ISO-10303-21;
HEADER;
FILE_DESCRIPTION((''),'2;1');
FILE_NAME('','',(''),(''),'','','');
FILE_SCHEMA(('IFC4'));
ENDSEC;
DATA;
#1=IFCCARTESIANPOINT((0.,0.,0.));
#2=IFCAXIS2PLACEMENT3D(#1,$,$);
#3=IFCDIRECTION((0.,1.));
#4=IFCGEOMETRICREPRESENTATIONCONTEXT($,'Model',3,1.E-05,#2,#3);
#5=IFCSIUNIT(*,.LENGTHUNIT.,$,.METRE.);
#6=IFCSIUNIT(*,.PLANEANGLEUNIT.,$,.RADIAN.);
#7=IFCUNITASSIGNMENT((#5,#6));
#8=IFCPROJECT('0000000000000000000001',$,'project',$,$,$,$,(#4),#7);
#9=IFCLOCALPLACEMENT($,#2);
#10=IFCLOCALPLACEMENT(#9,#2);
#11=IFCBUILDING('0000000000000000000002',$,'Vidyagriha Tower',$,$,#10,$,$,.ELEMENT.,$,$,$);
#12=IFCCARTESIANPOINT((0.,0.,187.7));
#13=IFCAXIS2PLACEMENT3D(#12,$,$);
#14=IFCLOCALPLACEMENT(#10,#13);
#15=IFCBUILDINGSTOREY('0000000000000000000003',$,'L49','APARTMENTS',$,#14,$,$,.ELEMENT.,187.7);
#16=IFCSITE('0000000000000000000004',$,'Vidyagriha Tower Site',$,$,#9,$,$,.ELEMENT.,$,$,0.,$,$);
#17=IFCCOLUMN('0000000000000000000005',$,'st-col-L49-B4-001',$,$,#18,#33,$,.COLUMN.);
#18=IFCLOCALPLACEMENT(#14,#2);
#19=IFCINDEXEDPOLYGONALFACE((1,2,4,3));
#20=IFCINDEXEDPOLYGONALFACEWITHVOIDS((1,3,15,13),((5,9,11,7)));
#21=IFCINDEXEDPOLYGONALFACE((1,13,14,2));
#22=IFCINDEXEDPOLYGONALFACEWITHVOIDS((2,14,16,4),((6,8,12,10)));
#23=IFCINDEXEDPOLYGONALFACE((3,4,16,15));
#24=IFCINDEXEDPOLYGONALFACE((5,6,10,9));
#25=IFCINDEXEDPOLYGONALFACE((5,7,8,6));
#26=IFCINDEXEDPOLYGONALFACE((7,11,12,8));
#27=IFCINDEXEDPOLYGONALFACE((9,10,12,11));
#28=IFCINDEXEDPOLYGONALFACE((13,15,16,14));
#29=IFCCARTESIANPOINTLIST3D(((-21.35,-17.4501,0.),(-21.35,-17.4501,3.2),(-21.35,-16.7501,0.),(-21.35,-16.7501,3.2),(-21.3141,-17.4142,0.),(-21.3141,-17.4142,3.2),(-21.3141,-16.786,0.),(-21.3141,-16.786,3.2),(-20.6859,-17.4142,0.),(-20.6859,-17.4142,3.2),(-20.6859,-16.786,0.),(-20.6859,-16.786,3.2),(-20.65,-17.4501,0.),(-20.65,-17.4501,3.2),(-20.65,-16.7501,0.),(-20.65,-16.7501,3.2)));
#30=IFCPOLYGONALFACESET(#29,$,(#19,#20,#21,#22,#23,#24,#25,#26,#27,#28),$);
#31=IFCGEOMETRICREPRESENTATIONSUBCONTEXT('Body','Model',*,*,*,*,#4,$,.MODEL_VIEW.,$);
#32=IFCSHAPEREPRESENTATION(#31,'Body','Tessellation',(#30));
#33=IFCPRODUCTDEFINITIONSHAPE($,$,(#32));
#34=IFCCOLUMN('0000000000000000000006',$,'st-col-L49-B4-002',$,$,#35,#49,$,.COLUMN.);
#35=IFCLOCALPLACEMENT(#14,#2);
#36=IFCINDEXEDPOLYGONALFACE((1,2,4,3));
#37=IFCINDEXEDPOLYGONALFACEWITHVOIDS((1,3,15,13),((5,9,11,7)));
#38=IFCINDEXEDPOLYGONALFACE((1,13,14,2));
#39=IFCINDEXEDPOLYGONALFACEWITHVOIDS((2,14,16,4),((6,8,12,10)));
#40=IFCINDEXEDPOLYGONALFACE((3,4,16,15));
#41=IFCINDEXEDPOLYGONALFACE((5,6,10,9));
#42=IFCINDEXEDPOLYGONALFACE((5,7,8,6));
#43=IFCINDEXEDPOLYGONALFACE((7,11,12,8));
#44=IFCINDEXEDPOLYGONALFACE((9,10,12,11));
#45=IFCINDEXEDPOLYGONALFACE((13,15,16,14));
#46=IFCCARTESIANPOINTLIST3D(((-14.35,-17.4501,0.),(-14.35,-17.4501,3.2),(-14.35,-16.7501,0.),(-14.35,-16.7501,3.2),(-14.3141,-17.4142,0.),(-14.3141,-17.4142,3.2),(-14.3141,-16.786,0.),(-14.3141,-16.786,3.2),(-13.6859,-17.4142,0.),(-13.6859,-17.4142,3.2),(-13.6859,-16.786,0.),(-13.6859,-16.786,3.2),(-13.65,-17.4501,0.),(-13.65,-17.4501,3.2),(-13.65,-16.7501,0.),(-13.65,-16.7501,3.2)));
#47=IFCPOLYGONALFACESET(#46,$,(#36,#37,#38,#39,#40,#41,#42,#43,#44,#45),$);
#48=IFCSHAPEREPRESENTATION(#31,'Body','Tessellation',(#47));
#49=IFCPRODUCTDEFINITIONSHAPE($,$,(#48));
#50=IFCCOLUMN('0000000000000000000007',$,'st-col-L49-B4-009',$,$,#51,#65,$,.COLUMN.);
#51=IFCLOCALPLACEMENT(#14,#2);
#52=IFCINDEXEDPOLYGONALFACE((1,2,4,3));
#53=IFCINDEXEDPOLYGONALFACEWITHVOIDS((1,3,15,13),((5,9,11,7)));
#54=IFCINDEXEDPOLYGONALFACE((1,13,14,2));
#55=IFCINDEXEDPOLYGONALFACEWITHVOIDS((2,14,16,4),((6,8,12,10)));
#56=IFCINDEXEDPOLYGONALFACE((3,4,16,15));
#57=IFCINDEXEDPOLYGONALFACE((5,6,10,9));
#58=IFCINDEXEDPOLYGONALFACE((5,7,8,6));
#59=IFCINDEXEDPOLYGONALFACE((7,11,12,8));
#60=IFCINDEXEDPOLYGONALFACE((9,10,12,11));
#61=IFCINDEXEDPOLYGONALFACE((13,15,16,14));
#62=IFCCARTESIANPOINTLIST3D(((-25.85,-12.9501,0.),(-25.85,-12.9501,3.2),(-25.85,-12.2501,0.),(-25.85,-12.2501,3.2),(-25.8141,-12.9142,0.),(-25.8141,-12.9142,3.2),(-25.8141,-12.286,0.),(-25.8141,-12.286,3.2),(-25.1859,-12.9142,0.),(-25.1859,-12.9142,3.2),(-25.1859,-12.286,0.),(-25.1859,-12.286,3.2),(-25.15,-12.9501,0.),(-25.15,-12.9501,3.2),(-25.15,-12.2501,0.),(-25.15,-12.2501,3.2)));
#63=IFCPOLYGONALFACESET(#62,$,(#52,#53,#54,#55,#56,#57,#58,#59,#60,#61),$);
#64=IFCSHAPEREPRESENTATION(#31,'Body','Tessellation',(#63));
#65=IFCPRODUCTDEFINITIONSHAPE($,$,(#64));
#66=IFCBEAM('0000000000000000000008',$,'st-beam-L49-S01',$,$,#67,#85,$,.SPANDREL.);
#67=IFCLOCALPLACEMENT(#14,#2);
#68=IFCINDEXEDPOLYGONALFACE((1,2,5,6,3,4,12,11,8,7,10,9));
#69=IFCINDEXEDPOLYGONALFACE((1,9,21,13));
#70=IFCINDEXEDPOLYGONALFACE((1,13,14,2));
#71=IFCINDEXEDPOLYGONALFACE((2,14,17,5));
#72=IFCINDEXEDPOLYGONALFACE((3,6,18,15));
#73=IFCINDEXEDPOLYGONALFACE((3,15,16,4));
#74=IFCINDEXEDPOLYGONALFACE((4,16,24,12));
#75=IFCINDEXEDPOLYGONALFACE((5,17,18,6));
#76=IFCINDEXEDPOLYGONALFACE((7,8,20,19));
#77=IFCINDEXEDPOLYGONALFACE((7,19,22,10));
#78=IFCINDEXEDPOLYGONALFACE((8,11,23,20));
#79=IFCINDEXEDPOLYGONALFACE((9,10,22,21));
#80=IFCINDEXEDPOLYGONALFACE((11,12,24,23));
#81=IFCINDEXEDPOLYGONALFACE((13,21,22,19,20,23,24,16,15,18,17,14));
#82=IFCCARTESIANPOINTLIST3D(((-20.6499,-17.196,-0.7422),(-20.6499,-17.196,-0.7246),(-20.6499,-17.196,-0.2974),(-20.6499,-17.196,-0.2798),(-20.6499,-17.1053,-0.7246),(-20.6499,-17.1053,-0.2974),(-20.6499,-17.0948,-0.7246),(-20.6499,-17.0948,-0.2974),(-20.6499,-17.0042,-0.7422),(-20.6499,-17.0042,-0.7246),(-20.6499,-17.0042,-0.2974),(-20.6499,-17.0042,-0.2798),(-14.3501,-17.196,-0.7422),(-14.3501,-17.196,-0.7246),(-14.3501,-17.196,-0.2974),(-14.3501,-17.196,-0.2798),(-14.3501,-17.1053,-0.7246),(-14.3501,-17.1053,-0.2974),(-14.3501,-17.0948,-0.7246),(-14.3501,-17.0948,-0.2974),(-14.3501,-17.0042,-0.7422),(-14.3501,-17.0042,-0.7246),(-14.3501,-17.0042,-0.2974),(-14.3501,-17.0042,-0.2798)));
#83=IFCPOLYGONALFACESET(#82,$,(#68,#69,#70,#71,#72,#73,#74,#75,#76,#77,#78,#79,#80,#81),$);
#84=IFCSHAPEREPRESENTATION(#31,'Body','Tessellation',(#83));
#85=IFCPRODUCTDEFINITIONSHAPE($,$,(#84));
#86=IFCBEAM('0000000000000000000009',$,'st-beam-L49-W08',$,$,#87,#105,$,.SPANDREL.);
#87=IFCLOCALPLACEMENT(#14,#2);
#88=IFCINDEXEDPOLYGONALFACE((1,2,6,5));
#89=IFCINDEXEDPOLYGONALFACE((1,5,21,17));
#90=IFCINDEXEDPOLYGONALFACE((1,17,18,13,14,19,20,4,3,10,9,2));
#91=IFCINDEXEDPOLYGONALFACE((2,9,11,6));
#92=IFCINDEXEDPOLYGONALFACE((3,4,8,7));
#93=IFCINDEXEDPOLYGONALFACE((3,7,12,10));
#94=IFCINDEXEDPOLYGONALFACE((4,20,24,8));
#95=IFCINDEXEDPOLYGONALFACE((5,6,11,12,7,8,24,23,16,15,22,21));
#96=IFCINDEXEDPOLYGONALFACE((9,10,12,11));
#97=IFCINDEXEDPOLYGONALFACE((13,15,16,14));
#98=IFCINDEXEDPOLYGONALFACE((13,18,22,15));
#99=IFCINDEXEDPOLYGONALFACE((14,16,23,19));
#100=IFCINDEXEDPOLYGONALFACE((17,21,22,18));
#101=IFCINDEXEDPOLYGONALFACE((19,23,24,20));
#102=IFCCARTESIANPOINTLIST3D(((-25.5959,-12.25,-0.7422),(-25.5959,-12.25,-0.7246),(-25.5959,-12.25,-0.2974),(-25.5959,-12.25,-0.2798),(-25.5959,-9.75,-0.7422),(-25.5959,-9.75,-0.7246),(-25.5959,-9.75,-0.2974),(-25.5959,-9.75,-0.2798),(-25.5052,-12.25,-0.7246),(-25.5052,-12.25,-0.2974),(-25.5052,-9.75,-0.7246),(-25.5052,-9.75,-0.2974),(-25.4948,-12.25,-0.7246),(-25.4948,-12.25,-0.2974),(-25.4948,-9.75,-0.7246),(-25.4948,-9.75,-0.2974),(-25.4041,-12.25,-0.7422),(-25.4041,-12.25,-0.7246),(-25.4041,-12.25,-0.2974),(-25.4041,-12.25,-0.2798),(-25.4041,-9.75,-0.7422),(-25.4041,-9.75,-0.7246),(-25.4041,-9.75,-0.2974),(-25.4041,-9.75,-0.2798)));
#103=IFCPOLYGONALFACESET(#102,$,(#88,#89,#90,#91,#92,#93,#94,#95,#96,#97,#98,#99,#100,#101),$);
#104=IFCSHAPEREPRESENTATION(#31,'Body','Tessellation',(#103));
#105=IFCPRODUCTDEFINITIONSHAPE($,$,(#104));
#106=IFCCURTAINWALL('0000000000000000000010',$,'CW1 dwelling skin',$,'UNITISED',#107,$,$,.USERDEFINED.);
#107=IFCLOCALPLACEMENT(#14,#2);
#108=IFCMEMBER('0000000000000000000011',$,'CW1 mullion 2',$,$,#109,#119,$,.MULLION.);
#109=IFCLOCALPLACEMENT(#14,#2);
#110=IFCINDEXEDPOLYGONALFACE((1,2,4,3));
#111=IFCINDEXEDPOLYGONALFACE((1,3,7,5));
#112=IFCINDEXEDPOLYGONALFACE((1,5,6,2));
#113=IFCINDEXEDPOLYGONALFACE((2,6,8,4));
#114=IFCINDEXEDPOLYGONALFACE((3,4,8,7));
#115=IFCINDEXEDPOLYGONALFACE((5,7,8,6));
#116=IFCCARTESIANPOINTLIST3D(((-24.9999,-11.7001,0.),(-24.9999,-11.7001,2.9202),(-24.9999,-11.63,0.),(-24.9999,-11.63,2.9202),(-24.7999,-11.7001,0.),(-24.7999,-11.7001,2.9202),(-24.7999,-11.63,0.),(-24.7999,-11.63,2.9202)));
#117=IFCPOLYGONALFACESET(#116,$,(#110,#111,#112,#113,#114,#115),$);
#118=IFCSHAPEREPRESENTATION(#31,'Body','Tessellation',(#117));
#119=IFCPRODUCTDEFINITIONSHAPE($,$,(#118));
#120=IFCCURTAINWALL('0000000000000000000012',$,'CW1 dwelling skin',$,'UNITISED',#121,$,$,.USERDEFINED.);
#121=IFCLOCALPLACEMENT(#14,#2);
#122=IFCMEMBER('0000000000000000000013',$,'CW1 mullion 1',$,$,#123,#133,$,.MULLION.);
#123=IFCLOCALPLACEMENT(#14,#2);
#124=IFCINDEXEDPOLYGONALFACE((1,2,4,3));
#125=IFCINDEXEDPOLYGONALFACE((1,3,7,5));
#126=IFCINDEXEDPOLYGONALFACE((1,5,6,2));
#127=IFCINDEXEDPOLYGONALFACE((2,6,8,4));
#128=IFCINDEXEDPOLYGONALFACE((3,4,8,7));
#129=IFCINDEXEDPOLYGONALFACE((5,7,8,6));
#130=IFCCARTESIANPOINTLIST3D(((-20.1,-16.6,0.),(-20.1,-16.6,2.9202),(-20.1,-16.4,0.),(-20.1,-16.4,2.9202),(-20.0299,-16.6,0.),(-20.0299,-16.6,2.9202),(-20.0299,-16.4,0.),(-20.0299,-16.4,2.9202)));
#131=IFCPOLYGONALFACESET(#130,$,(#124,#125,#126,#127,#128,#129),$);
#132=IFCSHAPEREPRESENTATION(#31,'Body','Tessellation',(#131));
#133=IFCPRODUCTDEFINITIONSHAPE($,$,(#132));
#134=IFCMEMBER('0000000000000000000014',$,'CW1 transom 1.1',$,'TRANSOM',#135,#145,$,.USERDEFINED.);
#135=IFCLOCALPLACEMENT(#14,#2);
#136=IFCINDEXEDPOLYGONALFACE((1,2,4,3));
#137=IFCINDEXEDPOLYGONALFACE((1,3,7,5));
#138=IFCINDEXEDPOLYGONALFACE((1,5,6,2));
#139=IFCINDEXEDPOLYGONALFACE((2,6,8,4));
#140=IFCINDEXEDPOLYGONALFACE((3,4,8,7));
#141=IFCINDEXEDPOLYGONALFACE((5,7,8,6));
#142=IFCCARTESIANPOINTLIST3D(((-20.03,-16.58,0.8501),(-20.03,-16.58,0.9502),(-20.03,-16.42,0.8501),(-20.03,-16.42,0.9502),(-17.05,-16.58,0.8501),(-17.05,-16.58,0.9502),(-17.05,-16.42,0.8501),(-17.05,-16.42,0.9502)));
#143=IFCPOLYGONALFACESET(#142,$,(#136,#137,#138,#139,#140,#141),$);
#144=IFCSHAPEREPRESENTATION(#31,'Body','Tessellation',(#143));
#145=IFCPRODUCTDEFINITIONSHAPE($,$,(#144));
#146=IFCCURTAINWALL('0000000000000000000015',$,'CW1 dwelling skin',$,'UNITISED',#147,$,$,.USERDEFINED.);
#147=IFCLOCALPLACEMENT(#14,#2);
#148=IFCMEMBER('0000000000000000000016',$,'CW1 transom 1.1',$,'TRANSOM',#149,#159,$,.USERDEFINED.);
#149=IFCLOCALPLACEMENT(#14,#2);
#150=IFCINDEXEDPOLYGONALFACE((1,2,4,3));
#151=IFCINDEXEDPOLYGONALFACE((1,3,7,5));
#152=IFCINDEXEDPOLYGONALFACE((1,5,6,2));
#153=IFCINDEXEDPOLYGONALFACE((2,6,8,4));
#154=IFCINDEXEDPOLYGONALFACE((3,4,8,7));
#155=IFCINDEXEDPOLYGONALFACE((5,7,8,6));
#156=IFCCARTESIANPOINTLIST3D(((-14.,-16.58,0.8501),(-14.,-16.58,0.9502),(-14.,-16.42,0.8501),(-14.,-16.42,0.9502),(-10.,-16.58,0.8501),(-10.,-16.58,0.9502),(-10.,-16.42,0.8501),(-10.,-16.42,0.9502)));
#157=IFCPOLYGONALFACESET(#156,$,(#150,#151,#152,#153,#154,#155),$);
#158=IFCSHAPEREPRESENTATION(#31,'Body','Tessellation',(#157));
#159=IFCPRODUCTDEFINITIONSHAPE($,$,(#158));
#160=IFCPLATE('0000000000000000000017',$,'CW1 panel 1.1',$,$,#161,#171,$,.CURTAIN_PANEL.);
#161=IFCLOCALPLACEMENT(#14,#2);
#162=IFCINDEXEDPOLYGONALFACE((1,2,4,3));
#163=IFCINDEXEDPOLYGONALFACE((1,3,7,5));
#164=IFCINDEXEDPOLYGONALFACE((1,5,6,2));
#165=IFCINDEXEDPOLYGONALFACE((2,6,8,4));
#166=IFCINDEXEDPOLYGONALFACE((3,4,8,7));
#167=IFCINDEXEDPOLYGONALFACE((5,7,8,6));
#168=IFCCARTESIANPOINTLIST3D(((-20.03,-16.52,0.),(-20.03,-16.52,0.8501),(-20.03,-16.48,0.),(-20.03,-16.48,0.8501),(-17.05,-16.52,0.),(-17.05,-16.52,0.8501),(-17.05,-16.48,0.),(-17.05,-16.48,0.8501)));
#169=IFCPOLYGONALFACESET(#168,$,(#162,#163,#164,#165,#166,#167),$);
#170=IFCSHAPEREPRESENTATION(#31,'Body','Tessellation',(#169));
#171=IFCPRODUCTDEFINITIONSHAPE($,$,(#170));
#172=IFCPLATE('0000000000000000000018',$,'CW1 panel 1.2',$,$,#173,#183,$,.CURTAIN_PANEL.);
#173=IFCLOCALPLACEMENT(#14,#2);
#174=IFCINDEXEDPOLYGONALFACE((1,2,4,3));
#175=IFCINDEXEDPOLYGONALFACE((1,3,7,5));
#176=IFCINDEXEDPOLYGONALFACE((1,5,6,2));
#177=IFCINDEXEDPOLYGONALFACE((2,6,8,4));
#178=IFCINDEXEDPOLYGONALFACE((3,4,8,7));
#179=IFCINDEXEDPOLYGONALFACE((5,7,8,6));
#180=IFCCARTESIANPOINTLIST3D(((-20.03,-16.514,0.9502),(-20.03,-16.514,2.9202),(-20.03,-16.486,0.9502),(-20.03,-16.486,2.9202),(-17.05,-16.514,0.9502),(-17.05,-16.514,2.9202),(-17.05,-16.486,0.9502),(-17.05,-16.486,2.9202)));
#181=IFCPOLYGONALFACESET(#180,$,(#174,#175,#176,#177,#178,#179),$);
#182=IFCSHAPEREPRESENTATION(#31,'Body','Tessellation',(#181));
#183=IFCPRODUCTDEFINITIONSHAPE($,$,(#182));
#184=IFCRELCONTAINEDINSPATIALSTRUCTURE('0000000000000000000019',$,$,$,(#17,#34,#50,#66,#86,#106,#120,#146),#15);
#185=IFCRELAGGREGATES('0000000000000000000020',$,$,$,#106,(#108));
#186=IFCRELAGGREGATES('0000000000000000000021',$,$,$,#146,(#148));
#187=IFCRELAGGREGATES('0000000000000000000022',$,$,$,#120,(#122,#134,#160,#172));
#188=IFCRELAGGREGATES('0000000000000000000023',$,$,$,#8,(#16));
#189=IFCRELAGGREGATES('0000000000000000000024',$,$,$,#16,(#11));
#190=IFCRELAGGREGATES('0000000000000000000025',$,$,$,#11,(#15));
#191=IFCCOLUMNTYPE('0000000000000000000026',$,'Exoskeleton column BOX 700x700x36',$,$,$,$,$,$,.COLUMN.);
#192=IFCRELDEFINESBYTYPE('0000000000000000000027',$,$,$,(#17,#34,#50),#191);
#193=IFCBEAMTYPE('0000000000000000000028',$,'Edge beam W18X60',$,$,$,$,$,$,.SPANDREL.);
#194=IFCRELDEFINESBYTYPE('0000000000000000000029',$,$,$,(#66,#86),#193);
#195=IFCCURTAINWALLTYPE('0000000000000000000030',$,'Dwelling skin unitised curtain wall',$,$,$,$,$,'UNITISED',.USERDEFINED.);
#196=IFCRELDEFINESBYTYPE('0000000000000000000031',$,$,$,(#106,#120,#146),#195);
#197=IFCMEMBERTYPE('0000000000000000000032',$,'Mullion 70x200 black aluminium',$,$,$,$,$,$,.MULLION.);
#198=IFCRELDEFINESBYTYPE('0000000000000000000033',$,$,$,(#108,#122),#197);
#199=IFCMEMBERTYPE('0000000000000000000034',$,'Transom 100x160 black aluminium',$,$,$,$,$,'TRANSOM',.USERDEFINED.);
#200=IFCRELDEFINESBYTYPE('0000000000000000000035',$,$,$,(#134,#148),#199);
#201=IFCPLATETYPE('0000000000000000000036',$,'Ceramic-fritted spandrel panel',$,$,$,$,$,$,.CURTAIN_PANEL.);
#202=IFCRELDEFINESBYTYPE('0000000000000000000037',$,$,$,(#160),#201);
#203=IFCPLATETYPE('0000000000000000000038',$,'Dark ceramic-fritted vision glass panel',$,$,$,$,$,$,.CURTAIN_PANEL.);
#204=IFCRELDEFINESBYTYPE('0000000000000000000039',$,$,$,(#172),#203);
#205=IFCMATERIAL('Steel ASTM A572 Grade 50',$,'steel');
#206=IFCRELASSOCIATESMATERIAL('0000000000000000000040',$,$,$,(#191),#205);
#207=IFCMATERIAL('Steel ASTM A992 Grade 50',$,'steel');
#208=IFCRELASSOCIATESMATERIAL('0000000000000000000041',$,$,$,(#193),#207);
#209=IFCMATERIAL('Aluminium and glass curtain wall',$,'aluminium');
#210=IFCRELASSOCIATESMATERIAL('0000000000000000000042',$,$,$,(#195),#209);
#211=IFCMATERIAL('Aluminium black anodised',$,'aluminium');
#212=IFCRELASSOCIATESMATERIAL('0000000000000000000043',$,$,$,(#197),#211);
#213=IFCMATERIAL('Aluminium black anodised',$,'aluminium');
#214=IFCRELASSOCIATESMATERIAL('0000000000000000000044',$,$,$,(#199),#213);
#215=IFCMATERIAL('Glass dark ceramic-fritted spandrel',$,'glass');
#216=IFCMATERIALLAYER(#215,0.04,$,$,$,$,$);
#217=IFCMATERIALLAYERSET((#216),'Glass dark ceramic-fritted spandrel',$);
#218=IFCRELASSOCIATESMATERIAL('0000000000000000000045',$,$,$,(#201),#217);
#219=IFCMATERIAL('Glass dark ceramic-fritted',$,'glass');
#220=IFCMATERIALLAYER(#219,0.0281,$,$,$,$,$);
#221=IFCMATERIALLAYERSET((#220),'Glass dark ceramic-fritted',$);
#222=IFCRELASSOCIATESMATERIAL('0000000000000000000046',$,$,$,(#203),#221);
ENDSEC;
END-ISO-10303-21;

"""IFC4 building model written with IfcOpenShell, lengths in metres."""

from ifc_helpers import new_model, si_unit, direction, frame, origin, origin_2d, place, context, subcontext, project, spatial, rectangle, hollow_rectangle, i_section, extrude, material, layer, layer_set, material_profile, profile_set, type_object, element, aggregate, save


model = new_model("IFC4")

# Units and contexts
model_context = context("Model", 3, precision=1e-05, world=origin(), true_north=direction((0.0, 1.0)))
body_context = subcontext(model_context, "Body", "Model", "MODEL_VIEW")
ifc_project = project(units=[si_unit("LENGTHUNIT", "METRE"), si_unit("PLANEANGLEUNIT", "RADIAN")], contexts=[model_context])

# Site, building, storey
site_placement = place(None, origin())
site = spatial("IfcSite", under=ifc_project, at=site_placement, Name="Vidyagriha Tower Site", CompositionType="ELEMENT", RefElevation=0.0)
building_placement = place(site_placement, origin())
building = spatial("IfcBuilding", under=site, at=building_placement, Name="Vidyagriha Tower", CompositionType="ELEMENT")
storey_placement = place(building_placement, frame((0.0, 0.0, 187.7)))
storey = spatial("IfcBuildingStorey", under=building, at=storey_placement, Name="L49", Description="APARTMENTS", CompositionType="ELEMENT", Elevation=187.7)

# Columns
ifc_material_1 = material(Name="Steel ASTM A572 Grade 50", Category="steel")
ifc_material_profile_1 = material_profile(ifc_material_1, hollow_rectangle(XDim=0.7, YDim=0.7, WallThickness=0.0359, at=origin_2d()), Name="BOX 700x700x36")
ifc_profile_set_1 = profile_set([ifc_material_profile_1], Name="Steel ASTM A572 Grade 50")
column_type = type_object("IfcColumnType", Name="Exoskeleton column BOX 700x700x36", PredefinedType="COLUMN", material=ifc_profile_set_1)
for number, where, name in (
    (1, (-21.0, -17.1001, 0.0), "st-col-L49-B4-001"),
    (2, (-14.0, -17.1001, 0.0), "st-col-L49-B4-002"),
    (3, (-25.5, -12.6001, 0.0), "st-col-L49-B4-009"),
):
    element("IfcColumn", number, at=place(storey_placement, frame(where)), inside=storey, type_object=column_type, Name=name, PredefinedType="COLUMN", context=body_context, shape_type="SweptSolid", body=[
        extrude(hollow_rectangle(XDim=0.7, YDim=0.7, WallThickness=0.0359, at=origin_2d()), origin(), (0.0, 0.0, 1.0), 3.2),
    ])

# Beams
ifc_material_2 = material(Name="Steel ASTM A992 Grade 50", Category="steel")
ifc_material_profile_2 = material_profile(ifc_material_2, i_section(OverallWidth=0.1919, OverallDepth=0.4624, WebThickness=0.0105, FlangeThickness=0.0176, at=origin_2d()), Name="W18X60")
ifc_profile_set_2 = profile_set([ifc_material_profile_2], Name="Steel ASTM A992 Grade 50")
beam_type = type_object("IfcBeamType", Name="Edge beam W18X60", PredefinedType="SPANDREL", material=ifc_profile_set_2)
beam_1_placement = place(storey_placement, frame((-20.6499, -17.1001, -0.511), z_axis=(1.0, 0.0, 0.0), x_axis=(0.0, 1.0, 0.0)))
element("IfcBeam", 4, at=beam_1_placement, inside=storey, type_object=beam_type, Name="st-beam-L49-S01", PredefinedType="SPANDREL", context=body_context, shape_type="SweptSolid", body=[
    extrude(i_section(OverallWidth=0.1919, OverallDepth=0.4624, WebThickness=0.0105, FlangeThickness=0.0176, at=origin_2d()), origin(), (0.0, 0.0, 1.0), 6.2998),
])
beam_2_placement = place(storey_placement, frame((-25.5, -12.25, -0.511), z_axis=(0.0, 1.0, 0.0), x_axis=(-1.0, 0.0, 0.0)))
element("IfcBeam", 5, at=beam_2_placement, inside=storey, type_object=beam_type, Name="st-beam-L49-W08", PredefinedType="SPANDREL", context=body_context, shape_type="SweptSolid", body=[
    extrude(i_section(OverallWidth=0.1919, OverallDepth=0.4624, WebThickness=0.0105, FlangeThickness=0.0176, at=origin_2d()), origin(), (0.0, 0.0, 1.0), 2.5),
])

# Curtain wall, member
ifc_material_3 = material(Name="Aluminium and glass curtain wall", Category="aluminium")
curtain_wall_type = type_object("IfcCurtainWallType", Name="Dwelling skin unitised curtain wall", ElementType="UNITISED", PredefinedType="USERDEFINED", material=ifc_material_3)
curtain_wall_1_placement = place(storey_placement, origin())
curtain_wall_1 = element("IfcCurtainWall", 6, at=curtain_wall_1_placement, inside=storey, type_object=curtain_wall_type, Name="CW1 dwelling skin", ObjectType="UNITISED", PredefinedType="USERDEFINED")
ifc_material_4 = material(Name="Aluminium black anodised", Category="aluminium")
ifc_material_profile_3 = material_profile(ifc_material_4, rectangle(XDim=0.2, YDim=0.0701, at=origin_2d()), Name="Mullion 70x200 black aluminium")
ifc_profile_set_3 = profile_set([ifc_material_profile_3], Name="Aluminium black anodised")
member_type_1 = type_object("IfcMemberType", Name="Mullion 70x200 black aluminium", PredefinedType="MULLION", material=ifc_profile_set_3)
member_1_placement = place(storey_placement, frame((-24.8999, -11.665, 0.0)))
member_1 = element("IfcMember", 7, at=member_1_placement, type_object=member_type_1, Name="CW1 mullion 2", PredefinedType="MULLION", context=body_context, shape_type="SweptSolid", body=[
    extrude(rectangle(XDim=0.2, YDim=0.0701, at=origin_2d()), origin(), (0.0, 0.0, 1.0), 2.9202),
])
aggregate(curtain_wall_1, [member_1])

# Curtain wall, members
curtain_wall_2_placement = place(storey_placement, origin())
curtain_wall_2 = element("IfcCurtainWall", 8, at=curtain_wall_2_placement, inside=storey, type_object=curtain_wall_type, Name="CW1 dwelling skin", ObjectType="UNITISED", PredefinedType="USERDEFINED")
member_2_placement = place(storey_placement, frame((-20.0649, -16.5, 0.0), z_axis=(0.0, 0.0, 1.0), x_axis=(0.0, 1.0, 0.0)))
member_2 = element("IfcMember", 9, at=member_2_placement, type_object=member_type_1, Name="CW1 mullion 1", PredefinedType="MULLION", context=body_context, shape_type="SweptSolid", body=[
    extrude(rectangle(XDim=0.2, YDim=0.0701, at=origin_2d()), origin(), (0.0, 0.0, 1.0), 2.9202),
])
ifc_material_5 = material(Name="Aluminium black anodised", Category="aluminium")
ifc_material_profile_4 = material_profile(ifc_material_5, rectangle(XDim=0.1599, YDim=0.1001, at=origin_2d()), Name="Transom 100x160 black aluminium")
ifc_profile_set_4 = profile_set([ifc_material_profile_4], Name="Aluminium black anodised")
member_type_2 = type_object("IfcMemberType", Name="Transom 100x160 black aluminium", ElementType="TRANSOM", PredefinedType="USERDEFINED", material=ifc_profile_set_4)
member_3_placement = place(storey_placement, frame((-20.03, -16.5, 0.9001), z_axis=(1.0, 0.0, 0.0), x_axis=(0.0, 1.0, 0.0)))
member_3 = element("IfcMember", 10, at=member_3_placement, type_object=member_type_2, Name="CW1 transom 1.1", ObjectType="TRANSOM", PredefinedType="USERDEFINED", context=body_context, shape_type="SweptSolid", body=[
    extrude(rectangle(XDim=0.1599, YDim=0.1001, at=origin_2d()), origin(), (0.0, 0.0, 1.0), 2.98),
])

# Curtain wall, member
curtain_wall_3_placement = place(storey_placement, origin())
curtain_wall_3 = element("IfcCurtainWall", 11, at=curtain_wall_3_placement, inside=storey, type_object=curtain_wall_type, Name="CW1 dwelling skin", ObjectType="UNITISED", PredefinedType="USERDEFINED")
member_4_placement = place(storey_placement, frame((-14.0, -16.5, 0.9001), z_axis=(1.0, 0.0, 0.0), x_axis=(0.0, 1.0, 0.0)))
member_4 = element("IfcMember", 12, at=member_4_placement, type_object=member_type_2, Name="CW1 transom 1.1", ObjectType="TRANSOM", PredefinedType="USERDEFINED", context=body_context, shape_type="SweptSolid", body=[
    extrude(rectangle(XDim=0.1599, YDim=0.1001, at=origin_2d()), origin(), (0.0, 0.0, 1.0), 4.0),
])
aggregate(curtain_wall_3, [member_4])

# Plates
ifc_material_6 = material(Name="Glass dark ceramic-fritted spandrel", Category="glass")
ifc_layer_1 = layer(ifc_material_6, 0.04)
ifc_layer_set_1 = layer_set([ifc_layer_1], Name="Glass dark ceramic-fritted spandrel")
plate_type_1 = type_object("IfcPlateType", Name="Ceramic-fritted spandrel panel", PredefinedType="CURTAIN_PANEL", material=ifc_layer_set_1)
plate_1_placement = place(storey_placement, frame((-18.54, -16.5, 0.0)))
plate_1 = element("IfcPlate", 13, at=plate_1_placement, type_object=plate_type_1, Name="CW1 panel 1.1", PredefinedType="CURTAIN_PANEL", context=body_context, shape_type="SweptSolid", body=[
    extrude(rectangle(XDim=2.98, YDim=0.04, at=origin_2d()), origin(), (0.0, 0.0, 1.0), 0.8501),
])
ifc_material_7 = material(Name="Glass dark ceramic-fritted", Category="glass")
ifc_layer_2 = layer(ifc_material_7, 0.0281)
ifc_layer_set_2 = layer_set([ifc_layer_2], Name="Glass dark ceramic-fritted")
plate_type_2 = type_object("IfcPlateType", Name="Dark ceramic-fritted vision glass panel", PredefinedType="CURTAIN_PANEL", material=ifc_layer_set_2)
plate_2_placement = place(storey_placement, frame((-18.54, -16.5, 0.9502)))
plate_2 = element("IfcPlate", 14, at=plate_2_placement, type_object=plate_type_2, Name="CW1 panel 1.2", PredefinedType="CURTAIN_PANEL", context=body_context, shape_type="SweptSolid", body=[
    extrude(rectangle(XDim=2.98, YDim=0.0281, at=origin_2d()), origin(), (0.0, 0.0, 1.0), 1.97),
])
aggregate(curtain_wall_2, [member_2, member_3, plate_1, plate_2])

save(model, "model.ifc")
